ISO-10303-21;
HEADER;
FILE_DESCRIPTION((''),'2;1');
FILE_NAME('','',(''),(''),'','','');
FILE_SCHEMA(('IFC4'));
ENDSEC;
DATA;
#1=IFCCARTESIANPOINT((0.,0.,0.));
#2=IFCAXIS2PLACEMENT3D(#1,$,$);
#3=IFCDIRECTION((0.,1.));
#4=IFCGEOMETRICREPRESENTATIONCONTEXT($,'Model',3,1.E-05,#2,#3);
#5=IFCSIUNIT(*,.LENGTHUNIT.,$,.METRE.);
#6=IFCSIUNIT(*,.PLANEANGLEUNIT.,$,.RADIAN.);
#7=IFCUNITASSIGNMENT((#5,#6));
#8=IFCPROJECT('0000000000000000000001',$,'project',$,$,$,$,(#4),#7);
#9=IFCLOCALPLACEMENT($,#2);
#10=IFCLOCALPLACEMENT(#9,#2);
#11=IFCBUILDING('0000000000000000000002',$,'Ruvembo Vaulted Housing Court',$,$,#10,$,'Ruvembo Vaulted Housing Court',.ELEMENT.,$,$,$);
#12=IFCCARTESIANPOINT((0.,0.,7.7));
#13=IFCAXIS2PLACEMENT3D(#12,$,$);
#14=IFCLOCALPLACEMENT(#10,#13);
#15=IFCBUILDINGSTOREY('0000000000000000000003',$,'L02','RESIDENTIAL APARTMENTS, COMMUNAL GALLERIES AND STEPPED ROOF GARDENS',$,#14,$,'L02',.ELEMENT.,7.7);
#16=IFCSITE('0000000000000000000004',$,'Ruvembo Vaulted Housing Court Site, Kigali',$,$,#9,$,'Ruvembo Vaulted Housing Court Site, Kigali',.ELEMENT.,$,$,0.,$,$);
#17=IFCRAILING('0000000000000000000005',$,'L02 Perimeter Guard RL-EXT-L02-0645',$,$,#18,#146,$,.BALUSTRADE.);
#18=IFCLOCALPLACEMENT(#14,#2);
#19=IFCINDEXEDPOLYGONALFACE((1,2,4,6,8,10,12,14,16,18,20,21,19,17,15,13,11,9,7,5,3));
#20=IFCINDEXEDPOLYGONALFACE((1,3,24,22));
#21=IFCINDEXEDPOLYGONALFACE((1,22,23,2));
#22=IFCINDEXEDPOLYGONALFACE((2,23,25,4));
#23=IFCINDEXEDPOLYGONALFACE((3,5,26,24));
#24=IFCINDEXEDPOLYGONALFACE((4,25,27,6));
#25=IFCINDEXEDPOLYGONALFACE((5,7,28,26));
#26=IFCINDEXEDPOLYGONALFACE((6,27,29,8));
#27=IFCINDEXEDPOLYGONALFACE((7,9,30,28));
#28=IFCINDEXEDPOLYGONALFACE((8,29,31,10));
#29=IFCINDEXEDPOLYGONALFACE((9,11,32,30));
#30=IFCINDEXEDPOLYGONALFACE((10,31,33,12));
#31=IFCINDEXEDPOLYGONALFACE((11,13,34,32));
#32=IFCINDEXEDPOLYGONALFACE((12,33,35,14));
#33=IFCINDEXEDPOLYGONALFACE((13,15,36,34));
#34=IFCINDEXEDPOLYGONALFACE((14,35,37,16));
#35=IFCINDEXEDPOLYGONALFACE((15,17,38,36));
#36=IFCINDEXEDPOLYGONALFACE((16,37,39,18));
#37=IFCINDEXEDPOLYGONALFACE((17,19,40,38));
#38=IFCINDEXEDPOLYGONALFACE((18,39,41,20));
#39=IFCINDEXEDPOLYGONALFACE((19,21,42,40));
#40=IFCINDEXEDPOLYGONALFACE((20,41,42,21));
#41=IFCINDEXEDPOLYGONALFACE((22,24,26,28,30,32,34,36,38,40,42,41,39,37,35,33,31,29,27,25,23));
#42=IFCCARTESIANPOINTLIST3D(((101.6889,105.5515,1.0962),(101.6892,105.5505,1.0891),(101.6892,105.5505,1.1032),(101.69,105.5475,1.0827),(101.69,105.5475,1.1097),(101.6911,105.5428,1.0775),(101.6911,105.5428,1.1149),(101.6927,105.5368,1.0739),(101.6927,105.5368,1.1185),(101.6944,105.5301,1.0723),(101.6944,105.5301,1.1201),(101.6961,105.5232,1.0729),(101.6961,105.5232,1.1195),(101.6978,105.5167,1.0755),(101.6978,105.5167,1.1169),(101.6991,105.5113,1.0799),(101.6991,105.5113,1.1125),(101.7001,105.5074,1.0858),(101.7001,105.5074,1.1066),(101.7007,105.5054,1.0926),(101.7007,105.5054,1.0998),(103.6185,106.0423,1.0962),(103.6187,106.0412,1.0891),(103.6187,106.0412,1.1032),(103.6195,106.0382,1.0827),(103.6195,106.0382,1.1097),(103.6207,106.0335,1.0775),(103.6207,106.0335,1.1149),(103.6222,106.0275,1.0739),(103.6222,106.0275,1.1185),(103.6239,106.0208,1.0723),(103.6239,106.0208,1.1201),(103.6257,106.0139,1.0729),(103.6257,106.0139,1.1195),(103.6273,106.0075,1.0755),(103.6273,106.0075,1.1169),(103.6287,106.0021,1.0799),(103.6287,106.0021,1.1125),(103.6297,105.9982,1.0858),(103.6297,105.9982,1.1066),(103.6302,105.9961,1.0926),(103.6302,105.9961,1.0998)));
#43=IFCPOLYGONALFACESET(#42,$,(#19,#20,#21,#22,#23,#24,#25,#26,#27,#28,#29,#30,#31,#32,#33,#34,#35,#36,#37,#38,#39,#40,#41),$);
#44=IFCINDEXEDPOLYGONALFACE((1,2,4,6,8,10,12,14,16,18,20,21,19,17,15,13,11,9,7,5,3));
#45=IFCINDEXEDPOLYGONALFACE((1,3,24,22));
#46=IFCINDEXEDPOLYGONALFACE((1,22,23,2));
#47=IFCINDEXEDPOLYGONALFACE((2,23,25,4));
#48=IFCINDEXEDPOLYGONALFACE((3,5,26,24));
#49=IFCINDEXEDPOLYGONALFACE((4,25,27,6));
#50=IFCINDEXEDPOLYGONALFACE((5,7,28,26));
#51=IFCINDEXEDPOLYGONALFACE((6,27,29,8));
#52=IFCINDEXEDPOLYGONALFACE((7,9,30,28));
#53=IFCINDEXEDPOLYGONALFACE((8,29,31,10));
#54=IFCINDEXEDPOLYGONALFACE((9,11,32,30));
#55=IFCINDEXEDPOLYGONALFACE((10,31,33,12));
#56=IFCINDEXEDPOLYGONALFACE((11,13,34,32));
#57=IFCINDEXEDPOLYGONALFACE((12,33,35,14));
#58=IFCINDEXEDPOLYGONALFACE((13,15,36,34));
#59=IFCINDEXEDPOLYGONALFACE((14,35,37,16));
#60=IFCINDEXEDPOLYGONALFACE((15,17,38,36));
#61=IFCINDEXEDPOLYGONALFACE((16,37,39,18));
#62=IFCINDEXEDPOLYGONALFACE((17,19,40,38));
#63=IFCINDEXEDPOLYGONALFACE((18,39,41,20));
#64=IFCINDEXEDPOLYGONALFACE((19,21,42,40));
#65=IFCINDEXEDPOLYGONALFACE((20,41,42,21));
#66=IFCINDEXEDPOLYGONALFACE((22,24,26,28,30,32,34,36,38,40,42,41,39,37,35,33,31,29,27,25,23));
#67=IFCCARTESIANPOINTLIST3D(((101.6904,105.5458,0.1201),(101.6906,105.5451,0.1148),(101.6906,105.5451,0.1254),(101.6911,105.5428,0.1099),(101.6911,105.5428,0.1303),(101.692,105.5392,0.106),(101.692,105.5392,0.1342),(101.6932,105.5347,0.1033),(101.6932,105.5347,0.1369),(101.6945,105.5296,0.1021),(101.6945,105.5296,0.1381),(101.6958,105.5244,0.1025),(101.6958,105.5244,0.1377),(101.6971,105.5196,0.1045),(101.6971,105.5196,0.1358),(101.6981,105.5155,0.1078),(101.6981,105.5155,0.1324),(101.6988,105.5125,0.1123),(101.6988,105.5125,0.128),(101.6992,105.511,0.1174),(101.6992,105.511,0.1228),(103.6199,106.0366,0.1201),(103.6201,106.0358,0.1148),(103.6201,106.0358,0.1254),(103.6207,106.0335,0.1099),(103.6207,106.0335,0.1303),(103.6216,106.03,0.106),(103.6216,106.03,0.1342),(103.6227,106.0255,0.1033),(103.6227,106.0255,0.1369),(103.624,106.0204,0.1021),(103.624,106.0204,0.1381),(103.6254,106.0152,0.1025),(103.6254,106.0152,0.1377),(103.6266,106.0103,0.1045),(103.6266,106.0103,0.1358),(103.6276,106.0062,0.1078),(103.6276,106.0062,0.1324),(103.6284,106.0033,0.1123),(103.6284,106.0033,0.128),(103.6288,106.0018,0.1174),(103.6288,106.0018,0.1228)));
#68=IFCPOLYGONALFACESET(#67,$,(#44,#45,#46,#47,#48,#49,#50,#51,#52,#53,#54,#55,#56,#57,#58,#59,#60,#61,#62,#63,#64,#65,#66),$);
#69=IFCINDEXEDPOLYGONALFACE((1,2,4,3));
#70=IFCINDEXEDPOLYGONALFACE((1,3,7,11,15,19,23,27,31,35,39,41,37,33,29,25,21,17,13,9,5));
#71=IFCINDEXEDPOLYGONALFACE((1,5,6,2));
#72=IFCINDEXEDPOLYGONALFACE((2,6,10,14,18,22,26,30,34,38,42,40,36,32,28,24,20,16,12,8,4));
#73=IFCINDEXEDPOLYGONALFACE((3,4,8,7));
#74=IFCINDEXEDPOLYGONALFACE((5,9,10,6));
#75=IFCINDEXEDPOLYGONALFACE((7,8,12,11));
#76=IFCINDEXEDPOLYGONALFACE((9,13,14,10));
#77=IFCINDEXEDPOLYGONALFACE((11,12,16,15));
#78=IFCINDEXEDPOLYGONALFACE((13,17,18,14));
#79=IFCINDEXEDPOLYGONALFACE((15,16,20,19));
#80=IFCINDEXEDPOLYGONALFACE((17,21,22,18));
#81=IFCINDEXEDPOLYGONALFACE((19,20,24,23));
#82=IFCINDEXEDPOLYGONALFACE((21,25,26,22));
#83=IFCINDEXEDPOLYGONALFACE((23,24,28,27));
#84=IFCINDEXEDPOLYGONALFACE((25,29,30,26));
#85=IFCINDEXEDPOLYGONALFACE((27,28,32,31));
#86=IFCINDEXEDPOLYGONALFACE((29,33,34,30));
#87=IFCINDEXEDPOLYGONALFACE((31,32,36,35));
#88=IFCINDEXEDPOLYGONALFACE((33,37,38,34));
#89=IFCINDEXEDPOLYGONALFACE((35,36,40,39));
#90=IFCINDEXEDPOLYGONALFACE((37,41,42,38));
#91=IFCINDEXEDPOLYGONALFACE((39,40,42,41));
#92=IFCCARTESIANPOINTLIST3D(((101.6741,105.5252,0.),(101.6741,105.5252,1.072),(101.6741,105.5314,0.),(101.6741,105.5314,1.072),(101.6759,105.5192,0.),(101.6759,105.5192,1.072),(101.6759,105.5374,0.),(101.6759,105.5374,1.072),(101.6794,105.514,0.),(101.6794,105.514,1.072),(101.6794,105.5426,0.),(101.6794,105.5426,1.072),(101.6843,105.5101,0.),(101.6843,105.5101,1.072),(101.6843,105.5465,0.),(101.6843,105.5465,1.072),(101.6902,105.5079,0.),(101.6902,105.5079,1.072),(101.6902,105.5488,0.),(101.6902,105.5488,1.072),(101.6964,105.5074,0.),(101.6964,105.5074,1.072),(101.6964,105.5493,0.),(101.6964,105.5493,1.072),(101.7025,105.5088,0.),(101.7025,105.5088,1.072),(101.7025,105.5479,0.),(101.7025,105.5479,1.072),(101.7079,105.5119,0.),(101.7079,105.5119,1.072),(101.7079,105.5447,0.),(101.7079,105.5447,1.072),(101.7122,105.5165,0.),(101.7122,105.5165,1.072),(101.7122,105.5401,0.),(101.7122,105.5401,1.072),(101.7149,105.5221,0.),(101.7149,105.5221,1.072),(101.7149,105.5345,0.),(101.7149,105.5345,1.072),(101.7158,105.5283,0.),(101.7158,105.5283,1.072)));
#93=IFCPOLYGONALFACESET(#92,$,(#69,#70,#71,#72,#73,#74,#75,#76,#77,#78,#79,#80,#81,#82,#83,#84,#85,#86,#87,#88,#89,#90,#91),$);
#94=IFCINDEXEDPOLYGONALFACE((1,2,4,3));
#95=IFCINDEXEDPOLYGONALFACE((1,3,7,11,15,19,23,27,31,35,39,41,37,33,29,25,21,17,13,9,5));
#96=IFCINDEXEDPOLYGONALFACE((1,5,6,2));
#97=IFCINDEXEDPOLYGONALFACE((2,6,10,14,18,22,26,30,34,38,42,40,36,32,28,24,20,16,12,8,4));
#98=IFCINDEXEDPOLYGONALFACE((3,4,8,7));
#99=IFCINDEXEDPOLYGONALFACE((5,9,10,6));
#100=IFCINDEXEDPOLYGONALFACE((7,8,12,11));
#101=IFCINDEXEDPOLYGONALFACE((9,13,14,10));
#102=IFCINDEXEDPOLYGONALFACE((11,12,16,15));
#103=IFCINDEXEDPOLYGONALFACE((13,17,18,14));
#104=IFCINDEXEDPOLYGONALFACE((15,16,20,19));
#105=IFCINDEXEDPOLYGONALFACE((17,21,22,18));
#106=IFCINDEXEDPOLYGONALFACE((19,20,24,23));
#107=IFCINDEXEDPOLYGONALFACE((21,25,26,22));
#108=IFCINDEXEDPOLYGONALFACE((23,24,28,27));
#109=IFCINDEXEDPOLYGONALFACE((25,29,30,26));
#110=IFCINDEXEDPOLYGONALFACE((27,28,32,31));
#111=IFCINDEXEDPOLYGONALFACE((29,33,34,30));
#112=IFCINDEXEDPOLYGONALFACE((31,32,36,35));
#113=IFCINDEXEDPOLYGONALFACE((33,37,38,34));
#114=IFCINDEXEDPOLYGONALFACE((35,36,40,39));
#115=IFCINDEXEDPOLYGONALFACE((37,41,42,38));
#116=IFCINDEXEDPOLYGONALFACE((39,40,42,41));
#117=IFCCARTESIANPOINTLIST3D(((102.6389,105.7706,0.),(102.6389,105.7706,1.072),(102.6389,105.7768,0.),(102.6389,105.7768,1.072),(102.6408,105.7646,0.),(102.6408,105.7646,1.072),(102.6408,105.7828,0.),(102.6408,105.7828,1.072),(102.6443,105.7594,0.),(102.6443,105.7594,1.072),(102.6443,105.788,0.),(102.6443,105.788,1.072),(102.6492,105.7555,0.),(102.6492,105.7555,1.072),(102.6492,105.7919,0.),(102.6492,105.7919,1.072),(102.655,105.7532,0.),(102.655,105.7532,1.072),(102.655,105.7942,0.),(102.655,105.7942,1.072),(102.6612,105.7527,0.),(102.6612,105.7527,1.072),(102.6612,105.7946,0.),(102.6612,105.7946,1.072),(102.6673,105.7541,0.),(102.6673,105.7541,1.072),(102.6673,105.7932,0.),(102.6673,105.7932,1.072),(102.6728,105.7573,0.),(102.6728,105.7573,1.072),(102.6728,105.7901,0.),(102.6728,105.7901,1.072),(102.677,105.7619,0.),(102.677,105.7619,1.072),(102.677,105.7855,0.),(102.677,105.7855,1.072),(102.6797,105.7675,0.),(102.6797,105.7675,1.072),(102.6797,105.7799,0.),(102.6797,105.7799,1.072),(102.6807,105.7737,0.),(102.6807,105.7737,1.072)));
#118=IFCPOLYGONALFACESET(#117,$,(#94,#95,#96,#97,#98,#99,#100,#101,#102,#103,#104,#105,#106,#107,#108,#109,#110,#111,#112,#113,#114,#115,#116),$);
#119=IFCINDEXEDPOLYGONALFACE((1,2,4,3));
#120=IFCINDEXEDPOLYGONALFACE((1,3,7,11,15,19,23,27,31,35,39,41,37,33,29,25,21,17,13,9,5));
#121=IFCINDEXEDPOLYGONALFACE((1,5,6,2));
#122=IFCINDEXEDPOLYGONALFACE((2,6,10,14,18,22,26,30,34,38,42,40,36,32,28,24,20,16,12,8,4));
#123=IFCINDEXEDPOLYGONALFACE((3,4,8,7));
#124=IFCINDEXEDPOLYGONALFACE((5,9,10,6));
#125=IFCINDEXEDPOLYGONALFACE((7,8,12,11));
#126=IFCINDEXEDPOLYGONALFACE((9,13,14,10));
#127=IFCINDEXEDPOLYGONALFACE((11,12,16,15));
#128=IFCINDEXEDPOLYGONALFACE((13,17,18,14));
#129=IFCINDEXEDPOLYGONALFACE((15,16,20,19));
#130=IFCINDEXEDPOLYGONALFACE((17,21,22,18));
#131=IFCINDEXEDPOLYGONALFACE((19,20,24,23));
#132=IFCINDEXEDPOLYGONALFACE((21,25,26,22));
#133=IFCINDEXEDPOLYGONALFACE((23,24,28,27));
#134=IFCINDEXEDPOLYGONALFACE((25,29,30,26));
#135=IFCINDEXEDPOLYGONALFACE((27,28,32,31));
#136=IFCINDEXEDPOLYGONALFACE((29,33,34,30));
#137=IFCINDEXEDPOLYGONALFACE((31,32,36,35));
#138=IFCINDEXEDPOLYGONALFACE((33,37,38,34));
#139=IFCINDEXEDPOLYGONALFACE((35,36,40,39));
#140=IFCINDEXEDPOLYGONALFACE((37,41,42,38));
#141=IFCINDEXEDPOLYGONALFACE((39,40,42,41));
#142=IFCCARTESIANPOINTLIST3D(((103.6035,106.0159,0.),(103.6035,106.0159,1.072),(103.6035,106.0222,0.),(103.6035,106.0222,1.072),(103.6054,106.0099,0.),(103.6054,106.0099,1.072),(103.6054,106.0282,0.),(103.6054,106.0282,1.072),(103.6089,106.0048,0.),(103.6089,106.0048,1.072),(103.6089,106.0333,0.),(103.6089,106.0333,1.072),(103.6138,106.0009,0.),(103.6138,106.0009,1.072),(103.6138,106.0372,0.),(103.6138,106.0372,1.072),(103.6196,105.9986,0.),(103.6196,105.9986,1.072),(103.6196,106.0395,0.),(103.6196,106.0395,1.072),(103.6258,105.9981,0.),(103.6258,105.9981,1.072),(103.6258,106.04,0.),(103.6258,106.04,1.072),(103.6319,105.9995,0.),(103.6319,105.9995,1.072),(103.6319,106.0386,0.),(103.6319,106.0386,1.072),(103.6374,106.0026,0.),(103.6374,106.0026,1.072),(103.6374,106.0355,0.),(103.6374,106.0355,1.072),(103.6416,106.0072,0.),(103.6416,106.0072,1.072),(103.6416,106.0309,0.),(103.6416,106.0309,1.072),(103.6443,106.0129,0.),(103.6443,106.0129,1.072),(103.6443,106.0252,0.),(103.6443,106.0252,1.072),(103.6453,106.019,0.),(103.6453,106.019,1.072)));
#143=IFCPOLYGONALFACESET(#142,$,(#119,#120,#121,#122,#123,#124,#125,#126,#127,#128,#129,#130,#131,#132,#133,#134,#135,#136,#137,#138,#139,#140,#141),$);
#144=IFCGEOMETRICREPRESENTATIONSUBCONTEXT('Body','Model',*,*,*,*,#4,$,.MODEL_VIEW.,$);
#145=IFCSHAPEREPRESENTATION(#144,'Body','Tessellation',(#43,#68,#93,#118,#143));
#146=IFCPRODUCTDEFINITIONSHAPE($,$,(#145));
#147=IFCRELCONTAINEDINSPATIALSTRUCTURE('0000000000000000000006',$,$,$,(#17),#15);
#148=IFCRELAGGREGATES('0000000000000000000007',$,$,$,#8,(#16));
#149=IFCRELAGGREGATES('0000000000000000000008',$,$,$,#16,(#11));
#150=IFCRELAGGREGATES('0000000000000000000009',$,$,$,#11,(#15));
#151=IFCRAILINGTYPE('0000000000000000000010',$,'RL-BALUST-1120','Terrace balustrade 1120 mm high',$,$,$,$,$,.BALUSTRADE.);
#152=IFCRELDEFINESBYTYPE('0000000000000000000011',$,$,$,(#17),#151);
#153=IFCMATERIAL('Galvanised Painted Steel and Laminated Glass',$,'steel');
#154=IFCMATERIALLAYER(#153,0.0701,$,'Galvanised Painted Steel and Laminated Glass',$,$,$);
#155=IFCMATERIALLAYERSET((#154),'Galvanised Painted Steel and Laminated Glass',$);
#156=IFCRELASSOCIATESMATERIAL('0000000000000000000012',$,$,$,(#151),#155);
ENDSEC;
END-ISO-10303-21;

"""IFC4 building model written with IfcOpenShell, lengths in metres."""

from ifc_helpers import new_model, si_unit, direction, frame, origin, origin_2d, place, context, subcontext, project, spatial, circle, extrude, material, layer, layer_set, type_object, element, save


model = new_model("IFC4")

# Units and contexts
model_context = context("Model", 3, precision=1e-05, world=origin(), true_north=direction((0.0, 1.0)))
body_context = subcontext(model_context, "Body", "Model", "MODEL_VIEW")
ifc_project = project(units=[si_unit("LENGTHUNIT", "METRE"), si_unit("PLANEANGLEUNIT", "RADIAN")], contexts=[model_context])

# Site, building, storey
site_placement = place(None, origin())
site = spatial("IfcSite", under=ifc_project, at=site_placement, Name="Ruvembo Vaulted Housing Court Site, Kigali", LongName="Ruvembo Vaulted Housing Court Site, Kigali", CompositionType="ELEMENT", RefElevation=0.0)
building_placement = place(site_placement, origin())
building = spatial("IfcBuilding", under=site, at=building_placement, Name="Ruvembo Vaulted Housing Court", LongName="Ruvembo Vaulted Housing Court", CompositionType="ELEMENT")
storey_placement = place(building_placement, frame((0.0, 0.0, 7.7)))
storey = spatial("IfcBuildingStorey", under=building, at=storey_placement, Name="L02", Description="RESIDENTIAL APARTMENTS, COMMUNAL GALLERIES AND STEPPED ROOF GARDENS", LongName="L02", CompositionType="ELEMENT", Elevation=7.7)

# Railing
ifc_material_1 = material(Name="Galvanised Painted Steel and Laminated Glass", Category="steel")
ifc_layer_1 = layer(ifc_material_1, 0.0701, Name="Galvanised Painted Steel and Laminated Glass")
ifc_layer_set_1 = layer_set([ifc_layer_1], Name="Galvanised Painted Steel and Laminated Glass")
railing_type = type_object("IfcRailingType", Name="RL-BALUST-1120", Description="Terrace balustrade 1120 mm high", PredefinedType="BALUSTRADE", material=ifc_layer_set_1)
railing_1_placement = place(storey_placement, frame((101.6948, 105.5283, 0.0)))
element("IfcRailing", 1, at=railing_1_placement, inside=storey, type_object=railing_type, Name="L02 Perimeter Guard RL-EXT-L02-0645", PredefinedType="BALUSTRADE", context=body_context, shape_type="SweptSolid", body=[
    extrude(circle(Radius=0.0239, at=origin_2d()), frame((0.0, 0.0, 1.0962), z_axis=(0.969146, 0.246487, 0.0), x_axis=(-0.246487, 0.969146, 0.0)), (0.0, 0.0, 1.0), 1.991),
    extrude(circle(Radius=0.0181, at=origin_2d()), frame((0.0, 0.0, 0.1201), z_axis=(0.969146, 0.246487, 0.0), x_axis=(-0.246487, 0.969146, 0.0)), (0.0, 0.0, 1.0), 1.991),
    extrude(circle(Radius=0.021, at=origin_2d()), origin(), (0.0, 0.0, 1.0), 1.072),
    extrude(circle(Radius=0.021, at=origin_2d()), frame((0.9648, 0.2454, 0.0)), (0.0, 0.0, 1.0), 1.072),
    extrude(circle(Radius=0.021, at=origin_2d()), frame((1.9294, 0.4907, 0.0)), (0.0, 0.0, 1.0), 1.072),
])

save(model, "model.ifc")
